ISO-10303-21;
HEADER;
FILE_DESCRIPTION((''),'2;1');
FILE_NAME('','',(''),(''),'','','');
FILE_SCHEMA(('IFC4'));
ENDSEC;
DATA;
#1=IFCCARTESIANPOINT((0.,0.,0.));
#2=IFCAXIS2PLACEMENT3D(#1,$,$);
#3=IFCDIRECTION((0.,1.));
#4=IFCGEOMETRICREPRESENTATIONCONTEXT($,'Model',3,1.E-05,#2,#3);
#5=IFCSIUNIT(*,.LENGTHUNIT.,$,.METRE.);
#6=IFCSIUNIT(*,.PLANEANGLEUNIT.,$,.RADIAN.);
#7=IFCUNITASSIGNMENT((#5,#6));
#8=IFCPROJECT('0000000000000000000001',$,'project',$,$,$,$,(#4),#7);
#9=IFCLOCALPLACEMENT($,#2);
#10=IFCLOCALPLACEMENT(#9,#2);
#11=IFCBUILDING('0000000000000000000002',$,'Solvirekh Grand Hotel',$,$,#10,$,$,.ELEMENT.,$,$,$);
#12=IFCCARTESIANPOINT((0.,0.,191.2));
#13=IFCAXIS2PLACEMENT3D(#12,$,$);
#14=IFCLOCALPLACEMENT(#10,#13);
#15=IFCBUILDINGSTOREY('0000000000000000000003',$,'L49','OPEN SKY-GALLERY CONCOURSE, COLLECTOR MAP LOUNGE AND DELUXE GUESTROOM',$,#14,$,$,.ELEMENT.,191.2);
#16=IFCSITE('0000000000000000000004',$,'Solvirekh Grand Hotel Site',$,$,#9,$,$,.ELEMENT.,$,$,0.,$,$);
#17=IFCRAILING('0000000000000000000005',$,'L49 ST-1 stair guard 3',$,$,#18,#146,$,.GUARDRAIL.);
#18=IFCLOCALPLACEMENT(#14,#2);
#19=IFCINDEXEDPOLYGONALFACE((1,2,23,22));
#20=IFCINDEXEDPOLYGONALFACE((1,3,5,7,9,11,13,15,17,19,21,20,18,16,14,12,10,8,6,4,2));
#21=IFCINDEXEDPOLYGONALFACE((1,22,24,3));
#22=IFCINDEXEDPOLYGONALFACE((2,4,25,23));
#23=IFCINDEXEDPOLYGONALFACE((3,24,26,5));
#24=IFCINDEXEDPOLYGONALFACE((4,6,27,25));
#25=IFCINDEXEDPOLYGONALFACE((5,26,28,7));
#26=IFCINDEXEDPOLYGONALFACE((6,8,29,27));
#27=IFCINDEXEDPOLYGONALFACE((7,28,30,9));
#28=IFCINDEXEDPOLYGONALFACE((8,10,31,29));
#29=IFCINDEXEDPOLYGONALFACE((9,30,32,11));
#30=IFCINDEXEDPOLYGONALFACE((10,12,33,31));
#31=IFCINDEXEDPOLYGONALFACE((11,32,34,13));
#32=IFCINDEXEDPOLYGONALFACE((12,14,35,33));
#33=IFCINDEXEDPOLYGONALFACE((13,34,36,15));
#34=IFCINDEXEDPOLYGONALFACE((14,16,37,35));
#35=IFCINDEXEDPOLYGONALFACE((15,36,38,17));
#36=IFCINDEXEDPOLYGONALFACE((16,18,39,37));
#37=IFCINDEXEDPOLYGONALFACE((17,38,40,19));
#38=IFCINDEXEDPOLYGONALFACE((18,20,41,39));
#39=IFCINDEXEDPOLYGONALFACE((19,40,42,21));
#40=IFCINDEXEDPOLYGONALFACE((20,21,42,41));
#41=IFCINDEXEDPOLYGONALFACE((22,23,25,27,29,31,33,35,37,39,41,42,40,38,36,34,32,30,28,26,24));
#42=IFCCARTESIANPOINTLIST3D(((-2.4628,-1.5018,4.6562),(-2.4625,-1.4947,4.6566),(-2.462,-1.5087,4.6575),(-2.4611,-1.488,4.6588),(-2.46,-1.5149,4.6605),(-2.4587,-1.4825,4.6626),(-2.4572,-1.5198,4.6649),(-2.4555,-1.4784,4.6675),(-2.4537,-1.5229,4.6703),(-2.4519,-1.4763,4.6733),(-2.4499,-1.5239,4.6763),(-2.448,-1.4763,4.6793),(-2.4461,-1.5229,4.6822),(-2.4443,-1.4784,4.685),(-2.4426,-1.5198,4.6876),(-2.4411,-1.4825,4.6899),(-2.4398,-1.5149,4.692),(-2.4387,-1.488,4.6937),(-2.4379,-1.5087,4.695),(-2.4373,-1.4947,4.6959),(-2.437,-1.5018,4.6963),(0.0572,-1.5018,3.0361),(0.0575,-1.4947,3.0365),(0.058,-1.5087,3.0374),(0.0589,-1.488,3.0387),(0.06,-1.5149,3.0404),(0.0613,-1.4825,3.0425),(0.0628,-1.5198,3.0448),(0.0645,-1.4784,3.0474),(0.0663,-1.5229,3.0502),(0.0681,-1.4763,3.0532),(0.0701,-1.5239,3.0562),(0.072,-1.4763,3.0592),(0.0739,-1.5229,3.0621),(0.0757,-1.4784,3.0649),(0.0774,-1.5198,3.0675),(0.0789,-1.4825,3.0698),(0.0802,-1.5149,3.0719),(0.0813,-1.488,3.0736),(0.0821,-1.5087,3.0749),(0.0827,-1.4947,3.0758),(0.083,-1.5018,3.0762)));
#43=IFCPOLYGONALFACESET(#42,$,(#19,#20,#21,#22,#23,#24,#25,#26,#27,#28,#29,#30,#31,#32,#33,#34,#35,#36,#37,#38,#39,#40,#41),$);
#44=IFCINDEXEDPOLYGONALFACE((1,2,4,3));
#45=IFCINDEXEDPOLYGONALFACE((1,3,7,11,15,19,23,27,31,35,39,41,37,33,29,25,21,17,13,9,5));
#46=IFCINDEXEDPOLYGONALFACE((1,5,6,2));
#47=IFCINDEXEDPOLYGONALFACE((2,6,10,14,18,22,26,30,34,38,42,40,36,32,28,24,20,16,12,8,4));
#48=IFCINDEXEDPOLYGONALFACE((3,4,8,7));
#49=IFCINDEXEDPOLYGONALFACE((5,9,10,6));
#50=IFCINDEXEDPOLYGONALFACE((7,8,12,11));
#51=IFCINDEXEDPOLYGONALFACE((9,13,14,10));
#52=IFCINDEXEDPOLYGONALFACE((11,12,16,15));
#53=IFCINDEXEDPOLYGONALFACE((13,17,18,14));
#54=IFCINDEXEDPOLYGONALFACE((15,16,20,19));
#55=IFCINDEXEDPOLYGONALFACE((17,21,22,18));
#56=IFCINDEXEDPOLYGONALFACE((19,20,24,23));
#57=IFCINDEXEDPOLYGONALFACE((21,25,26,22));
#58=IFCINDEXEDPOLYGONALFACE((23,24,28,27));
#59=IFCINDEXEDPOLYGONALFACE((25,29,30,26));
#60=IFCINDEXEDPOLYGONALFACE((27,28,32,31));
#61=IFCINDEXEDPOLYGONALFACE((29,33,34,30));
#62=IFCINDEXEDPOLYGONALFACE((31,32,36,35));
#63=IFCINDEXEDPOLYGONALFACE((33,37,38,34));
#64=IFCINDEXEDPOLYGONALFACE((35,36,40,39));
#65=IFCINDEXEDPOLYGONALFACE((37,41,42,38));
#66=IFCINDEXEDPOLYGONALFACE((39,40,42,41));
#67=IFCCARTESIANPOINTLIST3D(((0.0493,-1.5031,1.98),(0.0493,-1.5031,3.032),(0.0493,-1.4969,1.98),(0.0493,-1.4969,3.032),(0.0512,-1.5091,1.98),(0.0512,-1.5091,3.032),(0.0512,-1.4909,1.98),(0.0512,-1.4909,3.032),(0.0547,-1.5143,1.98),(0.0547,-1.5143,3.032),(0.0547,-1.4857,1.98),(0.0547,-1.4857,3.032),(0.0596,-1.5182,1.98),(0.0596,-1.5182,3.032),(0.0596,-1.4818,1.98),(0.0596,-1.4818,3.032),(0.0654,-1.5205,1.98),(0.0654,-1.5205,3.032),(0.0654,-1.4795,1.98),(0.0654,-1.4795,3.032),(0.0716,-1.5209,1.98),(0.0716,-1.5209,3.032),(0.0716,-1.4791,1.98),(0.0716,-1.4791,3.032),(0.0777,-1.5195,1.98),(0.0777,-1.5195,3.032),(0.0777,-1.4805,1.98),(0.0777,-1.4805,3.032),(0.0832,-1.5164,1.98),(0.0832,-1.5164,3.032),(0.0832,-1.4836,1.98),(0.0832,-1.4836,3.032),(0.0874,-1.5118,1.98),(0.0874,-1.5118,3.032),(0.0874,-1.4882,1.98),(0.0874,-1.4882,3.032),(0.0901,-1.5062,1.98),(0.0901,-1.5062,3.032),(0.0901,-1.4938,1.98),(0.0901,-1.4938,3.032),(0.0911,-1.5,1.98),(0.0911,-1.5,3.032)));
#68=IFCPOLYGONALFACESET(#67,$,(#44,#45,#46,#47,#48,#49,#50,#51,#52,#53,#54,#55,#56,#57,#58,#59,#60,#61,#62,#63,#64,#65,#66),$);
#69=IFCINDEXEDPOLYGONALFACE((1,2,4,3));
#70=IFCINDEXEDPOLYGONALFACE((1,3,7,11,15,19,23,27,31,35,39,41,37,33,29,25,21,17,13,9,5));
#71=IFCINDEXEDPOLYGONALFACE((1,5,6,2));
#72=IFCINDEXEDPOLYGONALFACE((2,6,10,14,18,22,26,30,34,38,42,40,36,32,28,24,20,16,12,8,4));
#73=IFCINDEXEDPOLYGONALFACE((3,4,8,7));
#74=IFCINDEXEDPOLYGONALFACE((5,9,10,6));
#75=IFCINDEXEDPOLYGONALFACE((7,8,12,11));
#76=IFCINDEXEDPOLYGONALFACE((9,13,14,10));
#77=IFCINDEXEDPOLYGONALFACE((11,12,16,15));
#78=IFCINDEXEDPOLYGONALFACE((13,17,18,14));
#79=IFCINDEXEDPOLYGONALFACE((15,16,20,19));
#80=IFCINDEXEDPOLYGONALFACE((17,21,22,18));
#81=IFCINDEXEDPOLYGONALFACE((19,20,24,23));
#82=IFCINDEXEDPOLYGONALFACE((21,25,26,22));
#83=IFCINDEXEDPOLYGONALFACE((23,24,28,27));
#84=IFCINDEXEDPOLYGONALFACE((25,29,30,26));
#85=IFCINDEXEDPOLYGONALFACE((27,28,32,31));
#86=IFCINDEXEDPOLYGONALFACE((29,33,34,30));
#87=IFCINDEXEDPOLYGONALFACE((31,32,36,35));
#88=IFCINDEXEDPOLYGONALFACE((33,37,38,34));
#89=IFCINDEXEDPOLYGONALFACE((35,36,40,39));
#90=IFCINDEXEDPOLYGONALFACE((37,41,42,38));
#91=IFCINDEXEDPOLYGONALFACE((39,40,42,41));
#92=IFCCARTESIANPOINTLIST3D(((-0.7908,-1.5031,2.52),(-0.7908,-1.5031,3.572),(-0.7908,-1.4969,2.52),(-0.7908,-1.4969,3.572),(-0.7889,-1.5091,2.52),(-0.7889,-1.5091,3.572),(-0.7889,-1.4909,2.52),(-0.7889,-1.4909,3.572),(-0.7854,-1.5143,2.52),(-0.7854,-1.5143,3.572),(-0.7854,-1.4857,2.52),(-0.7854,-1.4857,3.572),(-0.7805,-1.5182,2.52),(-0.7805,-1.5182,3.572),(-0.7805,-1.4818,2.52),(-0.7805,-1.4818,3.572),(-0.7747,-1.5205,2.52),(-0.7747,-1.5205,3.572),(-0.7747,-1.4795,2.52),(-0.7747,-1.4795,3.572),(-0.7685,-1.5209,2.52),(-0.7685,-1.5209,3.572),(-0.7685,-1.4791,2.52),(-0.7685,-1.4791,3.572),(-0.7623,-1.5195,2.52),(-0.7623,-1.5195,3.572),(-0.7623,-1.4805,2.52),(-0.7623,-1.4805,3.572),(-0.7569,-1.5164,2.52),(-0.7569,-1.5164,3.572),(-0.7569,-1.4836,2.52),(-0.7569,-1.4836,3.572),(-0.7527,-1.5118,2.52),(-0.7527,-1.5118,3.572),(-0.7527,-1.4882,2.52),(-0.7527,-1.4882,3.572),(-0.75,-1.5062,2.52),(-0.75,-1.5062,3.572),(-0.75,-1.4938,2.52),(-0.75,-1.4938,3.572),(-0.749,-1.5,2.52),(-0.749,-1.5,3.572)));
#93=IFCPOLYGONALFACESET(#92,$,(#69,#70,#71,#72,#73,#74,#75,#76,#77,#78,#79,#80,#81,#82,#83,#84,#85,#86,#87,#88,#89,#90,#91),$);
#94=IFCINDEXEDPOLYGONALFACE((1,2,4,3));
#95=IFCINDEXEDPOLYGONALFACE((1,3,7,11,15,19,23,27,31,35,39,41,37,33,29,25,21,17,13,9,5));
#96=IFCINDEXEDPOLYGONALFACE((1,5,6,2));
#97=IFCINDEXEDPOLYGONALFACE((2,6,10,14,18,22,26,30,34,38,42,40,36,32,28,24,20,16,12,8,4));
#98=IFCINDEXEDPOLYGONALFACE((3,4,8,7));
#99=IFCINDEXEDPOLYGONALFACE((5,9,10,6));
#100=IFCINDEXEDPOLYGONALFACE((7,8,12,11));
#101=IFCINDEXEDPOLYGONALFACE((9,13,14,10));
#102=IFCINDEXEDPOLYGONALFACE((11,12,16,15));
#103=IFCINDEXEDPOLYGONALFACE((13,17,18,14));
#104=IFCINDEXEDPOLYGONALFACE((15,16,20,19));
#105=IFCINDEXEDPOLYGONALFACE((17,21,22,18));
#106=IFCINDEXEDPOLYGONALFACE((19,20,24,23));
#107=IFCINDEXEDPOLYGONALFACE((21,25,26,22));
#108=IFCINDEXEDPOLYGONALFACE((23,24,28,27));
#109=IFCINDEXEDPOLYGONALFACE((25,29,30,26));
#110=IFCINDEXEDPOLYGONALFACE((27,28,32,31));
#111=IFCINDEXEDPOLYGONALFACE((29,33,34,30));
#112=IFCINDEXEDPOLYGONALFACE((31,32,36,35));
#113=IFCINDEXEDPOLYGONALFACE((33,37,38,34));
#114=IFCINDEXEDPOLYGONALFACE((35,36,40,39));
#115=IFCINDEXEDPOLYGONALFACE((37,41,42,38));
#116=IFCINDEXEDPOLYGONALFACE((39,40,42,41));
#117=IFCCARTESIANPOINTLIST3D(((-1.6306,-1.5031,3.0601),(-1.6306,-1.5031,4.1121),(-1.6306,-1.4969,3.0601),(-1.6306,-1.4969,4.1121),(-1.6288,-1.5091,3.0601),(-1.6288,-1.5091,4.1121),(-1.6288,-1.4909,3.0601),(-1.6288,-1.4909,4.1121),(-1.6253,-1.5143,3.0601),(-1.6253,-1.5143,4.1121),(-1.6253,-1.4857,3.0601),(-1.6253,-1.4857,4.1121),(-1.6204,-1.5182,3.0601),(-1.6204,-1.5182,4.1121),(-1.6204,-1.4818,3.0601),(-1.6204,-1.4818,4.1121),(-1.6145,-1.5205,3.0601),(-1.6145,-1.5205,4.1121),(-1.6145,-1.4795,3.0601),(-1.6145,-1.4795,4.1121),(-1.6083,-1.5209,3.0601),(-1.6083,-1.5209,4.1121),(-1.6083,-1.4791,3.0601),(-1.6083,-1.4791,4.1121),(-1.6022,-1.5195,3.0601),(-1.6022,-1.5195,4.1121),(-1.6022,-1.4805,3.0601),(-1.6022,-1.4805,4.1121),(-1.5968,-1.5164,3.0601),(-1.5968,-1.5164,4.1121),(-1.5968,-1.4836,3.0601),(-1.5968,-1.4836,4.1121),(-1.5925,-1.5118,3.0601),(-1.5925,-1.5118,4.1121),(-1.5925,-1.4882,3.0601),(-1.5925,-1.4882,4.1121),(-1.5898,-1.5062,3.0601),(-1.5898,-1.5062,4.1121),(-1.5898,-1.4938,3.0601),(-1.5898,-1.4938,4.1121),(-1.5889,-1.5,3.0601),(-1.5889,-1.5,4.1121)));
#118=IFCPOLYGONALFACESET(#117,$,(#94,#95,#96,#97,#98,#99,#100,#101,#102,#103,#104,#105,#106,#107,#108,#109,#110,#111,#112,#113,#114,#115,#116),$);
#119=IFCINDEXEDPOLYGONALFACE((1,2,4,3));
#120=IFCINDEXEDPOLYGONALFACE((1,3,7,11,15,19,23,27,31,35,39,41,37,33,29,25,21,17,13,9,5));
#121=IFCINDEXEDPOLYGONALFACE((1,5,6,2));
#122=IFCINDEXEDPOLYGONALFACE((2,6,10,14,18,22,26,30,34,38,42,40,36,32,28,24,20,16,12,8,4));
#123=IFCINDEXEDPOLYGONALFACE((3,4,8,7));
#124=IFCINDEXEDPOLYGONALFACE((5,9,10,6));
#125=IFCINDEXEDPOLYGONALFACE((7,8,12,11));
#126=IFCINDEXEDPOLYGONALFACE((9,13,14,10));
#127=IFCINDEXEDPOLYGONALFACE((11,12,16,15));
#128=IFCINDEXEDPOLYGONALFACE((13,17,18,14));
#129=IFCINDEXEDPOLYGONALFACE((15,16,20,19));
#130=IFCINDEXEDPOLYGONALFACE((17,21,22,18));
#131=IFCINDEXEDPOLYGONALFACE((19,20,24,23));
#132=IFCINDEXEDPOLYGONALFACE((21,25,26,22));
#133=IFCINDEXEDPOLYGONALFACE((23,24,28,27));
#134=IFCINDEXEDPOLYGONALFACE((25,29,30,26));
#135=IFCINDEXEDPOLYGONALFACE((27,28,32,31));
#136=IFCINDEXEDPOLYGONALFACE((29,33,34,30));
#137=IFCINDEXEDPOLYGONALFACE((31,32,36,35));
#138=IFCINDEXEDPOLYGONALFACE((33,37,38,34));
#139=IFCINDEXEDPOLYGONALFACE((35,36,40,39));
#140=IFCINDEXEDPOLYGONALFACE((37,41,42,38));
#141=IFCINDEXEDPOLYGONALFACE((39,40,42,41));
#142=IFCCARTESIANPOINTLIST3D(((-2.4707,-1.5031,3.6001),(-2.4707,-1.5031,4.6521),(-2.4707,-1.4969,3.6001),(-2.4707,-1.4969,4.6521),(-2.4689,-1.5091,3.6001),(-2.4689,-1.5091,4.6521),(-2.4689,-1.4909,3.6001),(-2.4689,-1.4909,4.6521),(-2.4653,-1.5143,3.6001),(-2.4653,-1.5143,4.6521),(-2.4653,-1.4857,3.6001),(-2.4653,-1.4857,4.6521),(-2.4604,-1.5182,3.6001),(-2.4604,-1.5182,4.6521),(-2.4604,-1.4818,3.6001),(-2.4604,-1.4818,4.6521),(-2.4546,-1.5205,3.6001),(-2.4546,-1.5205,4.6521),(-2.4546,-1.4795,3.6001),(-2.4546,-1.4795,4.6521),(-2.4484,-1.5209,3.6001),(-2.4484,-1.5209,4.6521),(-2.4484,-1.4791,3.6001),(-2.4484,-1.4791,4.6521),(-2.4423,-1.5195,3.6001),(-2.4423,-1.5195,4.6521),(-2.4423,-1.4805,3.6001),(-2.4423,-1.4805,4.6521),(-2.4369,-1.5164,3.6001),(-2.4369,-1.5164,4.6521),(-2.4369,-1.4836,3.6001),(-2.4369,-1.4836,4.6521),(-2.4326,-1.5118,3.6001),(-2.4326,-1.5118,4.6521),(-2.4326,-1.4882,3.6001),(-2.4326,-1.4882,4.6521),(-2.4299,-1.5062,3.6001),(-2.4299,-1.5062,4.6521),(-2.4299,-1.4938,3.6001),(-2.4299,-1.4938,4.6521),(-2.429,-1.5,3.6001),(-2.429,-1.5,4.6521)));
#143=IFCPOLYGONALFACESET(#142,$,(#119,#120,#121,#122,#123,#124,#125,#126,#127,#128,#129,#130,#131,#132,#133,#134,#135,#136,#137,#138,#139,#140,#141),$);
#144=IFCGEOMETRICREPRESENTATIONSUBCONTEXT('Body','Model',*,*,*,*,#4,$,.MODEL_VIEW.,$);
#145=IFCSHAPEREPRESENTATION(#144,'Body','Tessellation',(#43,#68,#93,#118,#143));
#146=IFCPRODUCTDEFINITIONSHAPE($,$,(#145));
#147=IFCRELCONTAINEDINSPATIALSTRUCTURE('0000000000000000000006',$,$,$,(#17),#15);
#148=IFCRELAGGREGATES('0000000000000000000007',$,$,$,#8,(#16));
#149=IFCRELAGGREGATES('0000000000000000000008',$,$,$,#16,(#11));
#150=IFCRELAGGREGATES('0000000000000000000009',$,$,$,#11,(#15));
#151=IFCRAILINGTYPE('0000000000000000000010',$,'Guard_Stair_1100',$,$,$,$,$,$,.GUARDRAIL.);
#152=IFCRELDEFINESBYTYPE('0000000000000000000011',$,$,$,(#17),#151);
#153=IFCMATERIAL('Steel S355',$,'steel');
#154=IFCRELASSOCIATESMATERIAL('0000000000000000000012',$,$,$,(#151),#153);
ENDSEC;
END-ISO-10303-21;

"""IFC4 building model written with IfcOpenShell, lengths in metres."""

from ifc_helpers import new_model, si_unit, direction, frame, origin, origin_2d, place, context, subcontext, project, spatial, circle, extrude, material, type_object, element, save


model = new_model("IFC4")

# Units and contexts
model_context = context("Model", 3, precision=1e-05, world=origin(), true_north=direction((0.0, 1.0)))
body_context = subcontext(model_context, "Body", "Model", "MODEL_VIEW")
ifc_project = project(units=[si_unit("LENGTHUNIT", "METRE"), si_unit("PLANEANGLEUNIT", "RADIAN")], contexts=[model_context])

# Site, building, storey
site_placement = place(None, origin())
site = spatial("IfcSite", under=ifc_project, at=site_placement, Name="Solvirekh Grand Hotel Site", CompositionType="ELEMENT", RefElevation=0.0)
building_placement = place(site_placement, origin())
building = spatial("IfcBuilding", under=site, at=building_placement, Name="Solvirekh Grand Hotel", CompositionType="ELEMENT")
storey_placement = place(building_placement, frame((0.0, 0.0, 191.2)))
storey = spatial("IfcBuildingStorey", under=building, at=storey_placement, Name="L49", Description="OPEN SKY-GALLERY CONCOURSE, COLLECTOR MAP LOUNGE AND DELUXE GUESTROOM", CompositionType="ELEMENT", Elevation=191.2)

# Railing
ifc_material_1 = material(Name="Steel S355", Category="steel")
railing_type_1 = type_object("IfcRailingType", Name="Guard_Stair_1100", PredefinedType="GUARDRAIL", material=ifc_material_1)
railing_1_placement = place(storey_placement, frame((0.0701, -1.5, 1.98)))
element("IfcRailing", 1, at=railing_1_placement, inside=storey, type_object=railing_type_1, Name="L49 ST-1 stair guard 3", PredefinedType="GUARDRAIL", context=body_context, shape_type="SweptSolid", body=[
    extrude(circle(Radius=0.0239, at=origin_2d()), frame((0.0, 0.0, 1.0762), z_axis=(-0.841163, 0.0, 0.540782), x_axis=(0.0, -1.0, 0.0)), (0.0, 0.0, 1.0), 2.9958),
    extrude(circle(Radius=0.021, at=origin_2d()), origin(), (0.0, 0.0, 1.0), 1.052),
    extrude(circle(Radius=0.021, at=origin_2d()), frame((-0.8401, 0.0, 0.54)), (0.0, 0.0, 1.0), 1.052),
    extrude(circle(Radius=0.021, at=origin_2d()), frame((-1.6799, 0.0, 1.0801)), (0.0, 0.0, 1.0), 1.052),
    extrude(circle(Radius=0.021, at=origin_2d()), frame((-2.52, 0.0, 1.6201)), (0.0, 0.0, 1.0), 1.052),
])

save(model, "model.ifc")
